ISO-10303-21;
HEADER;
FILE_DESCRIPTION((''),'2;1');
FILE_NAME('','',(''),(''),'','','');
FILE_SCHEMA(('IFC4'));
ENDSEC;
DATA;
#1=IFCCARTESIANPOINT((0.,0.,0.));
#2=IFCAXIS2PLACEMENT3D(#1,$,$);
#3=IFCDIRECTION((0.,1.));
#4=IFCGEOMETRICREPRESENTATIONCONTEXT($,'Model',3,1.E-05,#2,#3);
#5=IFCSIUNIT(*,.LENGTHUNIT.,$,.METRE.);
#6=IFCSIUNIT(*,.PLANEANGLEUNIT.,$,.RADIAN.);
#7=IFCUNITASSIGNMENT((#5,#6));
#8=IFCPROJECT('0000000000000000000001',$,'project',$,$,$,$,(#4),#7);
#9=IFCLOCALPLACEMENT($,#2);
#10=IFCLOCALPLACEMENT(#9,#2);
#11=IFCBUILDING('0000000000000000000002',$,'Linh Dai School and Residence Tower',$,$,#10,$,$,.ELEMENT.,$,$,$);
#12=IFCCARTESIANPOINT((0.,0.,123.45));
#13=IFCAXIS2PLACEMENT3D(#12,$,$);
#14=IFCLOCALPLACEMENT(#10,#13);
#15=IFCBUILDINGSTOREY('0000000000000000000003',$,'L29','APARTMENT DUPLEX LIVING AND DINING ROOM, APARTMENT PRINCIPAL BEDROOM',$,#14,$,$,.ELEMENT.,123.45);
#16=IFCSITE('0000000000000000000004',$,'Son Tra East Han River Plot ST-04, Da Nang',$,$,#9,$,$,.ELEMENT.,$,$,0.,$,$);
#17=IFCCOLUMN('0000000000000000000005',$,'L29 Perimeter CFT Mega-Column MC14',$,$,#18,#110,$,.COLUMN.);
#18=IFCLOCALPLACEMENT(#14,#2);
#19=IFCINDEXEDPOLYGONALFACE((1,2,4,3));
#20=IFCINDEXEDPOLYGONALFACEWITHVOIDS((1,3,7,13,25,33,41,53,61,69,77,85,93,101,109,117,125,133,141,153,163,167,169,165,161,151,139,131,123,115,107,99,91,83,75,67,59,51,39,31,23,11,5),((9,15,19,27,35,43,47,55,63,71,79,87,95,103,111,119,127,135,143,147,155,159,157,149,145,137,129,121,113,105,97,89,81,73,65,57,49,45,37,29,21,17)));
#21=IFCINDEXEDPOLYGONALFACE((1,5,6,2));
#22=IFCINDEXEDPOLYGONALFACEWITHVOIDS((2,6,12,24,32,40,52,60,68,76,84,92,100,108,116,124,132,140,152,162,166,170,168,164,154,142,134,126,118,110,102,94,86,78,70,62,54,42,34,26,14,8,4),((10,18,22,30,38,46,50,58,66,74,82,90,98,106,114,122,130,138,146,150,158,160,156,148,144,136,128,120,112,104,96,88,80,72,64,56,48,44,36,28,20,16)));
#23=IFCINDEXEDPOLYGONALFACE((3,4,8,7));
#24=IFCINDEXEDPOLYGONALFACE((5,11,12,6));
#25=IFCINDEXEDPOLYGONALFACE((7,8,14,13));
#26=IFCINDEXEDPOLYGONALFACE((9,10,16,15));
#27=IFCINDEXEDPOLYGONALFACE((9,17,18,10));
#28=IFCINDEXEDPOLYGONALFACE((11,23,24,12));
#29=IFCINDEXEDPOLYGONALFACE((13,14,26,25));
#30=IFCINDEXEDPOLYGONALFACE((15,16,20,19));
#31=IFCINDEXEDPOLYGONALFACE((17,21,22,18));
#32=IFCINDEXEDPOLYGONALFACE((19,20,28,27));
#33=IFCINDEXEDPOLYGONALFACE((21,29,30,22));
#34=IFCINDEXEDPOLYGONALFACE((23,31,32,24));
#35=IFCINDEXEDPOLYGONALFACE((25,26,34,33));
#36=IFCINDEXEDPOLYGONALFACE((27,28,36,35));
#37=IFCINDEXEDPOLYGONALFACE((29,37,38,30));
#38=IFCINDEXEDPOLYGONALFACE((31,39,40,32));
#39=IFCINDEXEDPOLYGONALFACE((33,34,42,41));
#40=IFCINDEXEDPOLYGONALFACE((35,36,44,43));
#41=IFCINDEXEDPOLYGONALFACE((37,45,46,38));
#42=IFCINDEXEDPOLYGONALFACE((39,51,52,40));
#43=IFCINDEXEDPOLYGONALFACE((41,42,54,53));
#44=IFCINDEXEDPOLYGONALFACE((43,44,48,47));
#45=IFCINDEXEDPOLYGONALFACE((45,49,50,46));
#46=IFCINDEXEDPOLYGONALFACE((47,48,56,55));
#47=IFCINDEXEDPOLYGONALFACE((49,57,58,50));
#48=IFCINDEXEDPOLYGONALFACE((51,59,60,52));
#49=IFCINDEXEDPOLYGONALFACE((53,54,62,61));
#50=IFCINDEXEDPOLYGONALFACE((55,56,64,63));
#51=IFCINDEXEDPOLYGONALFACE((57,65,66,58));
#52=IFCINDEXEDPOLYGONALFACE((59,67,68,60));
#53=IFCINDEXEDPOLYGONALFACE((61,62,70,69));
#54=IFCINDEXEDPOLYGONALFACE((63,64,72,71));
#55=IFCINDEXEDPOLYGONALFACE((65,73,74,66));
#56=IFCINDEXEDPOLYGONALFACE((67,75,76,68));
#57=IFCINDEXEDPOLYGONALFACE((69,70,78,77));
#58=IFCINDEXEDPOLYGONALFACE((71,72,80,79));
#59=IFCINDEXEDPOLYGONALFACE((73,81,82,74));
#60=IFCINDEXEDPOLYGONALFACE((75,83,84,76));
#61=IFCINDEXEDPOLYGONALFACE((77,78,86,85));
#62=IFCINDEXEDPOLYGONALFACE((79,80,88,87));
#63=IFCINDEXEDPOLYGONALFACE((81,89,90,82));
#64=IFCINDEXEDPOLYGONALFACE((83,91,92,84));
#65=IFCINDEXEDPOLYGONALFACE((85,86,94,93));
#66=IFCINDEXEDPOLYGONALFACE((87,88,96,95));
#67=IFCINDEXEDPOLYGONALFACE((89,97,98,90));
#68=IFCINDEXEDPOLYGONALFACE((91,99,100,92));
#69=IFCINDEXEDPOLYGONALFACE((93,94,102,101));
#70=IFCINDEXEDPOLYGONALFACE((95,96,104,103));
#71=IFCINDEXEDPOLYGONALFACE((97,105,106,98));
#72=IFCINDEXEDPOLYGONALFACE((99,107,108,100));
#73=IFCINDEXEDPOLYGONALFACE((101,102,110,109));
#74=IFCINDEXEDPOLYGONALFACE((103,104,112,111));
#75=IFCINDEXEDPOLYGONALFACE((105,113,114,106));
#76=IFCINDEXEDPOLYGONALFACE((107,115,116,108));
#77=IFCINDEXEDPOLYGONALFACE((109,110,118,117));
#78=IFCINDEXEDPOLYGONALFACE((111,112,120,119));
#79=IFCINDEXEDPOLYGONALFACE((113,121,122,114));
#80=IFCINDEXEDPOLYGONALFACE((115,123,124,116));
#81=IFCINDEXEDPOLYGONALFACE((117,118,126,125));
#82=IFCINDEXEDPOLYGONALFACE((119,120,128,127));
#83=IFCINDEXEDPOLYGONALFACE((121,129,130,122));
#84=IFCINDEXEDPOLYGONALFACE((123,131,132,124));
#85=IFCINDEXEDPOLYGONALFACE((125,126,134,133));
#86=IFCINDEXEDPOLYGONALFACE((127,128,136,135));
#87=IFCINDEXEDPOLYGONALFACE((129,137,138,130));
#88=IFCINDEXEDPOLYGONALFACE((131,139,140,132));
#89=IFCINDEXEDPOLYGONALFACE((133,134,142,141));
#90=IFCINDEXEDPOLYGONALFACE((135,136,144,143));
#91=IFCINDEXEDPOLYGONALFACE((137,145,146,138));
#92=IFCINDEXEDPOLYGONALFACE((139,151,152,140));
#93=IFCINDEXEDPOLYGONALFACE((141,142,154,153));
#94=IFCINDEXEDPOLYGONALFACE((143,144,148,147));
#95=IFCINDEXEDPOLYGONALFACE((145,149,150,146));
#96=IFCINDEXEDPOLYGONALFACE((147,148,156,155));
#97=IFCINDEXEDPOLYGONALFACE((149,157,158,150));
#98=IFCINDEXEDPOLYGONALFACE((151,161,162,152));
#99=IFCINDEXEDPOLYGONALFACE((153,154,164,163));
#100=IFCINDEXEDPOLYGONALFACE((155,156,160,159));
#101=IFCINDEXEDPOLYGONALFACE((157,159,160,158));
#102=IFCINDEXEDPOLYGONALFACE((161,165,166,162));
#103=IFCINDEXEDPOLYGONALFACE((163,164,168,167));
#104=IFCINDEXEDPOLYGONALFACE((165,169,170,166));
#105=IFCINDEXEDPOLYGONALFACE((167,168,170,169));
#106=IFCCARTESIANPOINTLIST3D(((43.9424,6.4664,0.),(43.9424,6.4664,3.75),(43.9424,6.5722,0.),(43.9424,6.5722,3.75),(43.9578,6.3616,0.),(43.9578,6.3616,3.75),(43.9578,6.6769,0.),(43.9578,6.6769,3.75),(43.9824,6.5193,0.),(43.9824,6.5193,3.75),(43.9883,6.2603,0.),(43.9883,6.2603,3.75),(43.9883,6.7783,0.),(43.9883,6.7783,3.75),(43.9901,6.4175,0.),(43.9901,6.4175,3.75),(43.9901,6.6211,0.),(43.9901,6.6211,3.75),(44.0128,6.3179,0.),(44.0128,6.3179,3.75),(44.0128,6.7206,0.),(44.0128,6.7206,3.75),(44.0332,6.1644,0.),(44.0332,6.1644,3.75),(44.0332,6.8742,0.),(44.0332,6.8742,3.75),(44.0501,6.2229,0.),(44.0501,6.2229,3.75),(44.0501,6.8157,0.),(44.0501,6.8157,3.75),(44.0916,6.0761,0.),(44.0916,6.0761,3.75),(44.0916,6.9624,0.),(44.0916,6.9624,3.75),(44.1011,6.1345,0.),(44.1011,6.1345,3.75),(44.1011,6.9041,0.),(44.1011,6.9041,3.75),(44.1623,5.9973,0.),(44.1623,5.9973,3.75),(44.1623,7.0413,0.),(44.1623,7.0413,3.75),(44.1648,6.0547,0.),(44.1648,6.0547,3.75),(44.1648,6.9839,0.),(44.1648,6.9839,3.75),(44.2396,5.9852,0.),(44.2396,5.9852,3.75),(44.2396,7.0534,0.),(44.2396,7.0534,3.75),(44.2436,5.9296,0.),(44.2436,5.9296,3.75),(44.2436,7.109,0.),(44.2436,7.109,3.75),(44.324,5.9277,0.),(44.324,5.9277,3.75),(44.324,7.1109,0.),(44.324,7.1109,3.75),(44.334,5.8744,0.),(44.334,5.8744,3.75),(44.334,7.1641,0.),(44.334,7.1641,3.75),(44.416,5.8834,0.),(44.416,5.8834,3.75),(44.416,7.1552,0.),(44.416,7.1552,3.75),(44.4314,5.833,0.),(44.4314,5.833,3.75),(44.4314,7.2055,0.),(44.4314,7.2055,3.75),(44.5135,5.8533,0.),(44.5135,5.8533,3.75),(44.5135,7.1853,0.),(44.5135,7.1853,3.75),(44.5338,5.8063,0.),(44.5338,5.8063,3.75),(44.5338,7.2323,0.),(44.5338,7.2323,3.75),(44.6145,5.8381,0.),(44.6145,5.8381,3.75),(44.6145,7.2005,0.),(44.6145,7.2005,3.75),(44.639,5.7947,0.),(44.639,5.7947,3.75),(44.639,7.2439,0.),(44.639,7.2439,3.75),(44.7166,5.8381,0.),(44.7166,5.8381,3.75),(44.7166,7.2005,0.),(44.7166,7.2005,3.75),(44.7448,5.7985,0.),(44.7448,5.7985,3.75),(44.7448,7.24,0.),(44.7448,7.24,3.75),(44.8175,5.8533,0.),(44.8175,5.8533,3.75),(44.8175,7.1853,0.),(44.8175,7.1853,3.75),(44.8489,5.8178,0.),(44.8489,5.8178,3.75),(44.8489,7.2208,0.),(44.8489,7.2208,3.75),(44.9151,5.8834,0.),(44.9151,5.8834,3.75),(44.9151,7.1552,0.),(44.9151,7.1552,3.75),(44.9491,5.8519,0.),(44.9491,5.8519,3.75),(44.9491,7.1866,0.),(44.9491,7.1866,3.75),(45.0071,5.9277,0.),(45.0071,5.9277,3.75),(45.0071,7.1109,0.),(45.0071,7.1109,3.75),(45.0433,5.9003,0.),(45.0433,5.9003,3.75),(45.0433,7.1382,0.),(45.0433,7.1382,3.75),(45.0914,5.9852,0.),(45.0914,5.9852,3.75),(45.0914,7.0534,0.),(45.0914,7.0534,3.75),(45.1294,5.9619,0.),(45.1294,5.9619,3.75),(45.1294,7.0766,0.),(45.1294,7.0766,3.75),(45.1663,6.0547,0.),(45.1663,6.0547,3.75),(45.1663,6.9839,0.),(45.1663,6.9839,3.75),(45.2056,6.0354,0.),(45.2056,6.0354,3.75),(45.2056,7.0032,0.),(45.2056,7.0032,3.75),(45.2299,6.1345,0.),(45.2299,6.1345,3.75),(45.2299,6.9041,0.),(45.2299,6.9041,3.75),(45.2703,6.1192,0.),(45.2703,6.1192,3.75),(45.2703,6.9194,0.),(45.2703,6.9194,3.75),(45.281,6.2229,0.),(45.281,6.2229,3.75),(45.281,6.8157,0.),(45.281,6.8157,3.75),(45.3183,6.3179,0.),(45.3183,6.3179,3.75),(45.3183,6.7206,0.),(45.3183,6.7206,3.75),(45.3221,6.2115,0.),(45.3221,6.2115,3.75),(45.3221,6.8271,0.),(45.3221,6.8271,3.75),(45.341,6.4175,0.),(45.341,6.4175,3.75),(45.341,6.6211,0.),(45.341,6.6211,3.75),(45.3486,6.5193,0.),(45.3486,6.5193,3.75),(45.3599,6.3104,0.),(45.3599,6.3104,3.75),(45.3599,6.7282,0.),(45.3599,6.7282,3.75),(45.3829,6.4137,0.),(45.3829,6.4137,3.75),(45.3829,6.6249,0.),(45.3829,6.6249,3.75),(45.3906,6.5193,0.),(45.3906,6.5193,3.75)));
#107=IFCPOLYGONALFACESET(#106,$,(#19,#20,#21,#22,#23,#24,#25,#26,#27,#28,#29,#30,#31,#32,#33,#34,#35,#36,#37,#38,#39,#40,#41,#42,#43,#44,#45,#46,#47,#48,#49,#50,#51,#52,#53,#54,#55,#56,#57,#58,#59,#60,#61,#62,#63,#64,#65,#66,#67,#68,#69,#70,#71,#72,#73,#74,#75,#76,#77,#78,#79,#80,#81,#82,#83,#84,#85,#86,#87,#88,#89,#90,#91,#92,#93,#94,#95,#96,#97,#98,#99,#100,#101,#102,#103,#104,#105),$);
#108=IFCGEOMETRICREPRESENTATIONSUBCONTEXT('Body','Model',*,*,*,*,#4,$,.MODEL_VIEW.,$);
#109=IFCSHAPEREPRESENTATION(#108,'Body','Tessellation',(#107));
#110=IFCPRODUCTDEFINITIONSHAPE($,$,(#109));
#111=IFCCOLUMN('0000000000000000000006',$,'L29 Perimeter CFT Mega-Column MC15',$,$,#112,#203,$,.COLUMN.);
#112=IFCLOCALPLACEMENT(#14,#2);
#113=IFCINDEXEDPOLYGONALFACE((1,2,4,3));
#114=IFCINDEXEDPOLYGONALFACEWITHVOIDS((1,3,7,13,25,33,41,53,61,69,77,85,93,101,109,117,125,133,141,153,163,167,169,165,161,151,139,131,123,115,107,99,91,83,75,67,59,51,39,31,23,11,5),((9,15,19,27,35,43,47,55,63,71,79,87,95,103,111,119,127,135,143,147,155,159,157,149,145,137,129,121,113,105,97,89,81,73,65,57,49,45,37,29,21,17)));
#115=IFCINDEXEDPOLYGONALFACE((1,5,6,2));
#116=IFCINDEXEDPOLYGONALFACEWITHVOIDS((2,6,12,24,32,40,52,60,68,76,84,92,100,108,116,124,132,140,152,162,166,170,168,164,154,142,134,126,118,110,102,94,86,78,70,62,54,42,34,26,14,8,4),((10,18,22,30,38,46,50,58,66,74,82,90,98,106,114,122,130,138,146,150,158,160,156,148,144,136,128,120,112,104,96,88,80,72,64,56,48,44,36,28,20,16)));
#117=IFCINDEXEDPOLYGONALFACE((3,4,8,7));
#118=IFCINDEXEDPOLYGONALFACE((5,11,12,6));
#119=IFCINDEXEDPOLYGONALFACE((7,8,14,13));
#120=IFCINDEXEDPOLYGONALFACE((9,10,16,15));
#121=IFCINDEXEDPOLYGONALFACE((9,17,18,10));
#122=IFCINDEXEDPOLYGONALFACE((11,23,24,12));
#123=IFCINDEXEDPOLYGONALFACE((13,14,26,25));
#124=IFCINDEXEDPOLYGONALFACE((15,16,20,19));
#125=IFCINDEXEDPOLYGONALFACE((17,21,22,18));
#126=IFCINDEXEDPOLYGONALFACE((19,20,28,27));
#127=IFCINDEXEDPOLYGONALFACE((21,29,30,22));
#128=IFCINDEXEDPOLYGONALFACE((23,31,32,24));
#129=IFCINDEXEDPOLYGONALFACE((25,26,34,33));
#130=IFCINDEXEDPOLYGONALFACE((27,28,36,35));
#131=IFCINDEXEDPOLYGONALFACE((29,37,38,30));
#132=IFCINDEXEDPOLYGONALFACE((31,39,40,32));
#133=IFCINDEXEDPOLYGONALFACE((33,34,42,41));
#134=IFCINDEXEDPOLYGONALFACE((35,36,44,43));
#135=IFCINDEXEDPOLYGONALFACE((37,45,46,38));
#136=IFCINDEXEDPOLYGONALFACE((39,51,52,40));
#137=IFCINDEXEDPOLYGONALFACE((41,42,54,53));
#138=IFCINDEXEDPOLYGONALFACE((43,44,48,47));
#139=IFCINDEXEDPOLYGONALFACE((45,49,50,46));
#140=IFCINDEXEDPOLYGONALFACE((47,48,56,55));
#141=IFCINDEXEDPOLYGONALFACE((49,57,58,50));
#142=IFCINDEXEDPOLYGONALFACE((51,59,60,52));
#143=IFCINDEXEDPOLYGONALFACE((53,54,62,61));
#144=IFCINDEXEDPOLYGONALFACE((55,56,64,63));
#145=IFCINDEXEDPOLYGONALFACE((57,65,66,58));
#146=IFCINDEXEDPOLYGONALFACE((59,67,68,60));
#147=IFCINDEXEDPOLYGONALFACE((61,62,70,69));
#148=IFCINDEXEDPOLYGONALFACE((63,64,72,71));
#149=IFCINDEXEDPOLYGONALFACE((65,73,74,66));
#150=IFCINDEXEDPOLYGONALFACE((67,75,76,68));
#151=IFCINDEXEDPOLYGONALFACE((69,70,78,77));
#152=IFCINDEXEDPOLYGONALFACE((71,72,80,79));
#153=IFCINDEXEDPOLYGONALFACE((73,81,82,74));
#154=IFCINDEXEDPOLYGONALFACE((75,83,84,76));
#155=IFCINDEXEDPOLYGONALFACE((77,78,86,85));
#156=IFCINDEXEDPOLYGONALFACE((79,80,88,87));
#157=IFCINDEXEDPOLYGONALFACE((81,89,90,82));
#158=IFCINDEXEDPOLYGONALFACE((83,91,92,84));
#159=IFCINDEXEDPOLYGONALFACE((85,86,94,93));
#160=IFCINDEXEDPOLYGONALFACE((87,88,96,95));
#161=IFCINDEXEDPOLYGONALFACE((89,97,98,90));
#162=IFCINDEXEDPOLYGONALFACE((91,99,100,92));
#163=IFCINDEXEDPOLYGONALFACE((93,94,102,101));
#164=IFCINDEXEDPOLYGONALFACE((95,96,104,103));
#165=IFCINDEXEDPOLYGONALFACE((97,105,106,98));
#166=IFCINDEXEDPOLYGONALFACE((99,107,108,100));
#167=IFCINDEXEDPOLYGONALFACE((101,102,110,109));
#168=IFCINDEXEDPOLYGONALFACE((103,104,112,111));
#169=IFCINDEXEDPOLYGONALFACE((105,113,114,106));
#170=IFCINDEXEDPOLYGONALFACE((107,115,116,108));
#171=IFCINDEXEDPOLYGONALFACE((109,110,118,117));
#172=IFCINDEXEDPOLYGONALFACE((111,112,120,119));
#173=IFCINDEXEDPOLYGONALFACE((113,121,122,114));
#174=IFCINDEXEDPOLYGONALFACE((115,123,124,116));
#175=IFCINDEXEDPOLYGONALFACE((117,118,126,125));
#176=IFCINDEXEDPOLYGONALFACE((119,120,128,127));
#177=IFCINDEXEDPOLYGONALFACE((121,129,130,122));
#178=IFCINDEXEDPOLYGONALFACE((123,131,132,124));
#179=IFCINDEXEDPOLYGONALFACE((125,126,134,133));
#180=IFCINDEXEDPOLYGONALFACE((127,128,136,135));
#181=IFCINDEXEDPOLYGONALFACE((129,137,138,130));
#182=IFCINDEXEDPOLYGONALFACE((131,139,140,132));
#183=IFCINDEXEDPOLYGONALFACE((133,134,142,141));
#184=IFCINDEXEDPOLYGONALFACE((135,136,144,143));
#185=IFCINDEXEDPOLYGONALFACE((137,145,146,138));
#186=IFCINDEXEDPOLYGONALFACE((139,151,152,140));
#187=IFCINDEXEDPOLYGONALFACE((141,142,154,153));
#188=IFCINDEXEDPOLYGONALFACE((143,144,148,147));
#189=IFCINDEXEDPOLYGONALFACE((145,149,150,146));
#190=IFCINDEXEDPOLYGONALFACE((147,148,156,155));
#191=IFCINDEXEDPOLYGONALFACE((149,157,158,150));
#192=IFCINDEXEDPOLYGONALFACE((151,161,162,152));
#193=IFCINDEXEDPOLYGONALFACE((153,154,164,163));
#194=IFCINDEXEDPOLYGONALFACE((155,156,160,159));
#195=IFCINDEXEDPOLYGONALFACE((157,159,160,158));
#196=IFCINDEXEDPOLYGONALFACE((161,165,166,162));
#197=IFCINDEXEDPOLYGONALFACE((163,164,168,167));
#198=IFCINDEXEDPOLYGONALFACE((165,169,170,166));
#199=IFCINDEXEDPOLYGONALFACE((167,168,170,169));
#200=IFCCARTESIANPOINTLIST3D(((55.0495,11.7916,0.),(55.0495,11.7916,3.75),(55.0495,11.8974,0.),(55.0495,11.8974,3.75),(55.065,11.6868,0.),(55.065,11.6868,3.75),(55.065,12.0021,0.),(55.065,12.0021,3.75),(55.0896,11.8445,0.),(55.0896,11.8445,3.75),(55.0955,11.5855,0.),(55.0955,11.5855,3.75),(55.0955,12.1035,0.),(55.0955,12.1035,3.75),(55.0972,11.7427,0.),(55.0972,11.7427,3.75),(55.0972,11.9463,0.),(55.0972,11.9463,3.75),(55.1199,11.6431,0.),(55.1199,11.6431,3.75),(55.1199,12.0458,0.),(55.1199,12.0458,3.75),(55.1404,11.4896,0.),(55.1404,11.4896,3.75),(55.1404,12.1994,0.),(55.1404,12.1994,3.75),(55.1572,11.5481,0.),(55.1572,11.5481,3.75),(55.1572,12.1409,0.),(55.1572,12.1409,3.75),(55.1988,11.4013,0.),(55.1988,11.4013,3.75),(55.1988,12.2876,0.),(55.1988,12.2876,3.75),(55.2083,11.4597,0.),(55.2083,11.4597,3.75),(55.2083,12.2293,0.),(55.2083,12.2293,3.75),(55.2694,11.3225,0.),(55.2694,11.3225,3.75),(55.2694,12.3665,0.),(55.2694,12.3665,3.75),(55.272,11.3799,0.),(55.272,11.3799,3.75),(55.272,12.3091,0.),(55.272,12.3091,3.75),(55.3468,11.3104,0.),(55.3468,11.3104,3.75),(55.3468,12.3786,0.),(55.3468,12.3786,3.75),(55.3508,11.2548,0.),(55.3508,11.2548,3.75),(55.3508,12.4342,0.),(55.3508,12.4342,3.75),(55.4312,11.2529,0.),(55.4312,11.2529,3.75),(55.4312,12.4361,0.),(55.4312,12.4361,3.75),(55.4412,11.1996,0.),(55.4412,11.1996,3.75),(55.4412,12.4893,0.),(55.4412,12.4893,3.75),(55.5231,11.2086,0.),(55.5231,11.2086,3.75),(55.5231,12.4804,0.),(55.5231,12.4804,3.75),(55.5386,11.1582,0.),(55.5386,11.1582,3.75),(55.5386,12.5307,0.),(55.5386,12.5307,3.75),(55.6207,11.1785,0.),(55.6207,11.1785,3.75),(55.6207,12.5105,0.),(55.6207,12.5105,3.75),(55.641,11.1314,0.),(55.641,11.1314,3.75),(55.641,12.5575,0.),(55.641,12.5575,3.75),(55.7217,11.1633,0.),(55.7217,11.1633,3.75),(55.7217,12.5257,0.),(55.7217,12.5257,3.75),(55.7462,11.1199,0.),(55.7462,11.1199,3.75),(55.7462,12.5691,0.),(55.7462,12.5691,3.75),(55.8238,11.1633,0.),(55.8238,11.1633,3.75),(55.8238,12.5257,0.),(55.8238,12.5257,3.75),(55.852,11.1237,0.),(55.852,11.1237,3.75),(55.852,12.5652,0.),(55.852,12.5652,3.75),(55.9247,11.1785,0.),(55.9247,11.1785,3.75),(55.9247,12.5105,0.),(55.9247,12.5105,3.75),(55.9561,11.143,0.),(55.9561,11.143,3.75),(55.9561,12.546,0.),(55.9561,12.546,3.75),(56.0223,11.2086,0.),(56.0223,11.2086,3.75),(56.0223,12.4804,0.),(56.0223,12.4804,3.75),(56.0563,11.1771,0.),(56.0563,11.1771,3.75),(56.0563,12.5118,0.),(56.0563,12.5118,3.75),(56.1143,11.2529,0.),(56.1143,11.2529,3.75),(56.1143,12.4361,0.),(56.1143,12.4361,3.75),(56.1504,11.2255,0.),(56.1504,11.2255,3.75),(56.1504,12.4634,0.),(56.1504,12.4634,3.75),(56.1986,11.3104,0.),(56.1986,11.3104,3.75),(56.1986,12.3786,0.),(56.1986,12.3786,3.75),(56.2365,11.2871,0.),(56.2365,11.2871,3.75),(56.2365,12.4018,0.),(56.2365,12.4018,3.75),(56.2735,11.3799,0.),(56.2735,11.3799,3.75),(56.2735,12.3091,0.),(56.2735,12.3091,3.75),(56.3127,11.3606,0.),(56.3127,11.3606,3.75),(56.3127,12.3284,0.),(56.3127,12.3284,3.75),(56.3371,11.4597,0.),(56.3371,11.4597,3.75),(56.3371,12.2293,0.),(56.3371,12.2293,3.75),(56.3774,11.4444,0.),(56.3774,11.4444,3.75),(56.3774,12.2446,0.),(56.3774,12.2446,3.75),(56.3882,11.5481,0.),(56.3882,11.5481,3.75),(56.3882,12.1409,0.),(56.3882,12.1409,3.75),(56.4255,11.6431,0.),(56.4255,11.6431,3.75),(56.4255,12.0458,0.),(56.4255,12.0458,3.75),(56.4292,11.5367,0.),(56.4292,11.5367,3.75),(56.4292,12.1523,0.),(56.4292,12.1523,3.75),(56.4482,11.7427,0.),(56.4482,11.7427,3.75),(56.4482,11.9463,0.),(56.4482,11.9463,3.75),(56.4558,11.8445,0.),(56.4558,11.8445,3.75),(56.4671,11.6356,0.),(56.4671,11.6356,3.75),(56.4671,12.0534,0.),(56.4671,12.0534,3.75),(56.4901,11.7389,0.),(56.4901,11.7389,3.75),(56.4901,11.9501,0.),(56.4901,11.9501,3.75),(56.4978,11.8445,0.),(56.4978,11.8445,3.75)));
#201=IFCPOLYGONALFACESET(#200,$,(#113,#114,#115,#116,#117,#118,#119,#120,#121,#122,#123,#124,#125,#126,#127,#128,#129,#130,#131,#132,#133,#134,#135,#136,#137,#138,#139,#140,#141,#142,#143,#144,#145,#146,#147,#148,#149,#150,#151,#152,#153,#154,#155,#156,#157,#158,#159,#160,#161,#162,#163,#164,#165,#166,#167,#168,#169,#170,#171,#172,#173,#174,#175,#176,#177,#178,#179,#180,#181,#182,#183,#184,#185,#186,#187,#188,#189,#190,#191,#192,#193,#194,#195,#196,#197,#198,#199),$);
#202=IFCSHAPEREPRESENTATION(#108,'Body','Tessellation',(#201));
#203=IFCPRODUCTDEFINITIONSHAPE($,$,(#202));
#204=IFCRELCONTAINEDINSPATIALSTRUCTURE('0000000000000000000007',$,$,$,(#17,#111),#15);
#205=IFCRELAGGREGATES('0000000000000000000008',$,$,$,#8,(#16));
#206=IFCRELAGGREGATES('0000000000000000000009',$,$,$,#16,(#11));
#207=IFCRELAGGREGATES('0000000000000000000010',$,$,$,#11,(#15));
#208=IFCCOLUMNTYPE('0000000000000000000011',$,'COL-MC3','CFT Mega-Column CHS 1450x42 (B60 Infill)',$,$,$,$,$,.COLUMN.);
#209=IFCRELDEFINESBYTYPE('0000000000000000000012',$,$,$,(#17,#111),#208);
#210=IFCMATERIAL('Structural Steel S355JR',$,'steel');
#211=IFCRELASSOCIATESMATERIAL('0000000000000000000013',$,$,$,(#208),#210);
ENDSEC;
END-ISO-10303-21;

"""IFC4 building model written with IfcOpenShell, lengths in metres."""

from ifc_helpers import new_model, si_unit, direction, frame, origin, origin_2d, place, context, subcontext, project, spatial, hollow_circle, extrude, material, material_profile, profile_set, type_object, element, save


model = new_model("IFC4")

# Units and contexts
model_context = context("Model", 3, precision=1e-05, world=origin(), true_north=direction((0.0, 1.0)))
body_context = subcontext(model_context, "Body", "Model", "MODEL_VIEW")
ifc_project = project(units=[si_unit("LENGTHUNIT", "METRE"), si_unit("PLANEANGLEUNIT", "RADIAN")], contexts=[model_context])

# Site, building, storey
site_placement = place(None, origin())
site = spatial("IfcSite", under=ifc_project, at=site_placement, Name="Son Tra East Han River Plot ST-04, Da Nang", CompositionType="ELEMENT", RefElevation=0.0)
building_placement = place(site_placement, origin())
building = spatial("IfcBuilding", under=site, at=building_placement, Name="Linh Dai School and Residence Tower", CompositionType="ELEMENT")
storey_placement = place(building_placement, frame((0.0, 0.0, 123.45)))
storey = spatial("IfcBuildingStorey", under=building, at=storey_placement, Name="L29", Description="APARTMENT DUPLEX LIVING AND DINING ROOM, APARTMENT PRINCIPAL BEDROOM", CompositionType="ELEMENT", Elevation=123.45)

# Columns
ifc_material_1 = material(Name="Structural Steel S355JR", Category="steel")
ifc_material_profile_1 = material_profile(ifc_material_1, hollow_circle(Radius=0.7251, WallThickness=0.042, at=origin_2d()), Name="CHS 1450x42")
ifc_profile_set_1 = profile_set([ifc_material_profile_1], Name="Structural Steel S355JR")
column_type = type_object("IfcColumnType", Name="COL-MC3", Description="CFT Mega-Column CHS 1450x42 (B60 Infill)", PredefinedType="COLUMN", material=ifc_profile_set_1)
for number, where, z_axis, x_axis, name in (
    (1, (44.6655, 6.5193, 0.0), (0.0, 0.0, 1.0), (1.0, 0.0, 0.0), "L29 Perimeter CFT Mega-Column MC14"),
    (2, (55.7727, 11.8445, 0.0), (0.0, 0.0, 1.0), (1.0, 0.0, 0.0), "L29 Perimeter CFT Mega-Column MC15"),
):
    element("IfcColumn", number, at=place(storey_placement, frame(where, z_axis=z_axis, x_axis=x_axis)), inside=storey, type_object=column_type, Name=name, PredefinedType="COLUMN", context=body_context, shape_type="SweptSolid", body=[
        extrude(hollow_circle(Radius=0.7251, WallThickness=0.042, at=origin_2d()), origin(), (0.0, 0.0, 1.0), 3.75),
    ])

save(model, "model.ifc")
